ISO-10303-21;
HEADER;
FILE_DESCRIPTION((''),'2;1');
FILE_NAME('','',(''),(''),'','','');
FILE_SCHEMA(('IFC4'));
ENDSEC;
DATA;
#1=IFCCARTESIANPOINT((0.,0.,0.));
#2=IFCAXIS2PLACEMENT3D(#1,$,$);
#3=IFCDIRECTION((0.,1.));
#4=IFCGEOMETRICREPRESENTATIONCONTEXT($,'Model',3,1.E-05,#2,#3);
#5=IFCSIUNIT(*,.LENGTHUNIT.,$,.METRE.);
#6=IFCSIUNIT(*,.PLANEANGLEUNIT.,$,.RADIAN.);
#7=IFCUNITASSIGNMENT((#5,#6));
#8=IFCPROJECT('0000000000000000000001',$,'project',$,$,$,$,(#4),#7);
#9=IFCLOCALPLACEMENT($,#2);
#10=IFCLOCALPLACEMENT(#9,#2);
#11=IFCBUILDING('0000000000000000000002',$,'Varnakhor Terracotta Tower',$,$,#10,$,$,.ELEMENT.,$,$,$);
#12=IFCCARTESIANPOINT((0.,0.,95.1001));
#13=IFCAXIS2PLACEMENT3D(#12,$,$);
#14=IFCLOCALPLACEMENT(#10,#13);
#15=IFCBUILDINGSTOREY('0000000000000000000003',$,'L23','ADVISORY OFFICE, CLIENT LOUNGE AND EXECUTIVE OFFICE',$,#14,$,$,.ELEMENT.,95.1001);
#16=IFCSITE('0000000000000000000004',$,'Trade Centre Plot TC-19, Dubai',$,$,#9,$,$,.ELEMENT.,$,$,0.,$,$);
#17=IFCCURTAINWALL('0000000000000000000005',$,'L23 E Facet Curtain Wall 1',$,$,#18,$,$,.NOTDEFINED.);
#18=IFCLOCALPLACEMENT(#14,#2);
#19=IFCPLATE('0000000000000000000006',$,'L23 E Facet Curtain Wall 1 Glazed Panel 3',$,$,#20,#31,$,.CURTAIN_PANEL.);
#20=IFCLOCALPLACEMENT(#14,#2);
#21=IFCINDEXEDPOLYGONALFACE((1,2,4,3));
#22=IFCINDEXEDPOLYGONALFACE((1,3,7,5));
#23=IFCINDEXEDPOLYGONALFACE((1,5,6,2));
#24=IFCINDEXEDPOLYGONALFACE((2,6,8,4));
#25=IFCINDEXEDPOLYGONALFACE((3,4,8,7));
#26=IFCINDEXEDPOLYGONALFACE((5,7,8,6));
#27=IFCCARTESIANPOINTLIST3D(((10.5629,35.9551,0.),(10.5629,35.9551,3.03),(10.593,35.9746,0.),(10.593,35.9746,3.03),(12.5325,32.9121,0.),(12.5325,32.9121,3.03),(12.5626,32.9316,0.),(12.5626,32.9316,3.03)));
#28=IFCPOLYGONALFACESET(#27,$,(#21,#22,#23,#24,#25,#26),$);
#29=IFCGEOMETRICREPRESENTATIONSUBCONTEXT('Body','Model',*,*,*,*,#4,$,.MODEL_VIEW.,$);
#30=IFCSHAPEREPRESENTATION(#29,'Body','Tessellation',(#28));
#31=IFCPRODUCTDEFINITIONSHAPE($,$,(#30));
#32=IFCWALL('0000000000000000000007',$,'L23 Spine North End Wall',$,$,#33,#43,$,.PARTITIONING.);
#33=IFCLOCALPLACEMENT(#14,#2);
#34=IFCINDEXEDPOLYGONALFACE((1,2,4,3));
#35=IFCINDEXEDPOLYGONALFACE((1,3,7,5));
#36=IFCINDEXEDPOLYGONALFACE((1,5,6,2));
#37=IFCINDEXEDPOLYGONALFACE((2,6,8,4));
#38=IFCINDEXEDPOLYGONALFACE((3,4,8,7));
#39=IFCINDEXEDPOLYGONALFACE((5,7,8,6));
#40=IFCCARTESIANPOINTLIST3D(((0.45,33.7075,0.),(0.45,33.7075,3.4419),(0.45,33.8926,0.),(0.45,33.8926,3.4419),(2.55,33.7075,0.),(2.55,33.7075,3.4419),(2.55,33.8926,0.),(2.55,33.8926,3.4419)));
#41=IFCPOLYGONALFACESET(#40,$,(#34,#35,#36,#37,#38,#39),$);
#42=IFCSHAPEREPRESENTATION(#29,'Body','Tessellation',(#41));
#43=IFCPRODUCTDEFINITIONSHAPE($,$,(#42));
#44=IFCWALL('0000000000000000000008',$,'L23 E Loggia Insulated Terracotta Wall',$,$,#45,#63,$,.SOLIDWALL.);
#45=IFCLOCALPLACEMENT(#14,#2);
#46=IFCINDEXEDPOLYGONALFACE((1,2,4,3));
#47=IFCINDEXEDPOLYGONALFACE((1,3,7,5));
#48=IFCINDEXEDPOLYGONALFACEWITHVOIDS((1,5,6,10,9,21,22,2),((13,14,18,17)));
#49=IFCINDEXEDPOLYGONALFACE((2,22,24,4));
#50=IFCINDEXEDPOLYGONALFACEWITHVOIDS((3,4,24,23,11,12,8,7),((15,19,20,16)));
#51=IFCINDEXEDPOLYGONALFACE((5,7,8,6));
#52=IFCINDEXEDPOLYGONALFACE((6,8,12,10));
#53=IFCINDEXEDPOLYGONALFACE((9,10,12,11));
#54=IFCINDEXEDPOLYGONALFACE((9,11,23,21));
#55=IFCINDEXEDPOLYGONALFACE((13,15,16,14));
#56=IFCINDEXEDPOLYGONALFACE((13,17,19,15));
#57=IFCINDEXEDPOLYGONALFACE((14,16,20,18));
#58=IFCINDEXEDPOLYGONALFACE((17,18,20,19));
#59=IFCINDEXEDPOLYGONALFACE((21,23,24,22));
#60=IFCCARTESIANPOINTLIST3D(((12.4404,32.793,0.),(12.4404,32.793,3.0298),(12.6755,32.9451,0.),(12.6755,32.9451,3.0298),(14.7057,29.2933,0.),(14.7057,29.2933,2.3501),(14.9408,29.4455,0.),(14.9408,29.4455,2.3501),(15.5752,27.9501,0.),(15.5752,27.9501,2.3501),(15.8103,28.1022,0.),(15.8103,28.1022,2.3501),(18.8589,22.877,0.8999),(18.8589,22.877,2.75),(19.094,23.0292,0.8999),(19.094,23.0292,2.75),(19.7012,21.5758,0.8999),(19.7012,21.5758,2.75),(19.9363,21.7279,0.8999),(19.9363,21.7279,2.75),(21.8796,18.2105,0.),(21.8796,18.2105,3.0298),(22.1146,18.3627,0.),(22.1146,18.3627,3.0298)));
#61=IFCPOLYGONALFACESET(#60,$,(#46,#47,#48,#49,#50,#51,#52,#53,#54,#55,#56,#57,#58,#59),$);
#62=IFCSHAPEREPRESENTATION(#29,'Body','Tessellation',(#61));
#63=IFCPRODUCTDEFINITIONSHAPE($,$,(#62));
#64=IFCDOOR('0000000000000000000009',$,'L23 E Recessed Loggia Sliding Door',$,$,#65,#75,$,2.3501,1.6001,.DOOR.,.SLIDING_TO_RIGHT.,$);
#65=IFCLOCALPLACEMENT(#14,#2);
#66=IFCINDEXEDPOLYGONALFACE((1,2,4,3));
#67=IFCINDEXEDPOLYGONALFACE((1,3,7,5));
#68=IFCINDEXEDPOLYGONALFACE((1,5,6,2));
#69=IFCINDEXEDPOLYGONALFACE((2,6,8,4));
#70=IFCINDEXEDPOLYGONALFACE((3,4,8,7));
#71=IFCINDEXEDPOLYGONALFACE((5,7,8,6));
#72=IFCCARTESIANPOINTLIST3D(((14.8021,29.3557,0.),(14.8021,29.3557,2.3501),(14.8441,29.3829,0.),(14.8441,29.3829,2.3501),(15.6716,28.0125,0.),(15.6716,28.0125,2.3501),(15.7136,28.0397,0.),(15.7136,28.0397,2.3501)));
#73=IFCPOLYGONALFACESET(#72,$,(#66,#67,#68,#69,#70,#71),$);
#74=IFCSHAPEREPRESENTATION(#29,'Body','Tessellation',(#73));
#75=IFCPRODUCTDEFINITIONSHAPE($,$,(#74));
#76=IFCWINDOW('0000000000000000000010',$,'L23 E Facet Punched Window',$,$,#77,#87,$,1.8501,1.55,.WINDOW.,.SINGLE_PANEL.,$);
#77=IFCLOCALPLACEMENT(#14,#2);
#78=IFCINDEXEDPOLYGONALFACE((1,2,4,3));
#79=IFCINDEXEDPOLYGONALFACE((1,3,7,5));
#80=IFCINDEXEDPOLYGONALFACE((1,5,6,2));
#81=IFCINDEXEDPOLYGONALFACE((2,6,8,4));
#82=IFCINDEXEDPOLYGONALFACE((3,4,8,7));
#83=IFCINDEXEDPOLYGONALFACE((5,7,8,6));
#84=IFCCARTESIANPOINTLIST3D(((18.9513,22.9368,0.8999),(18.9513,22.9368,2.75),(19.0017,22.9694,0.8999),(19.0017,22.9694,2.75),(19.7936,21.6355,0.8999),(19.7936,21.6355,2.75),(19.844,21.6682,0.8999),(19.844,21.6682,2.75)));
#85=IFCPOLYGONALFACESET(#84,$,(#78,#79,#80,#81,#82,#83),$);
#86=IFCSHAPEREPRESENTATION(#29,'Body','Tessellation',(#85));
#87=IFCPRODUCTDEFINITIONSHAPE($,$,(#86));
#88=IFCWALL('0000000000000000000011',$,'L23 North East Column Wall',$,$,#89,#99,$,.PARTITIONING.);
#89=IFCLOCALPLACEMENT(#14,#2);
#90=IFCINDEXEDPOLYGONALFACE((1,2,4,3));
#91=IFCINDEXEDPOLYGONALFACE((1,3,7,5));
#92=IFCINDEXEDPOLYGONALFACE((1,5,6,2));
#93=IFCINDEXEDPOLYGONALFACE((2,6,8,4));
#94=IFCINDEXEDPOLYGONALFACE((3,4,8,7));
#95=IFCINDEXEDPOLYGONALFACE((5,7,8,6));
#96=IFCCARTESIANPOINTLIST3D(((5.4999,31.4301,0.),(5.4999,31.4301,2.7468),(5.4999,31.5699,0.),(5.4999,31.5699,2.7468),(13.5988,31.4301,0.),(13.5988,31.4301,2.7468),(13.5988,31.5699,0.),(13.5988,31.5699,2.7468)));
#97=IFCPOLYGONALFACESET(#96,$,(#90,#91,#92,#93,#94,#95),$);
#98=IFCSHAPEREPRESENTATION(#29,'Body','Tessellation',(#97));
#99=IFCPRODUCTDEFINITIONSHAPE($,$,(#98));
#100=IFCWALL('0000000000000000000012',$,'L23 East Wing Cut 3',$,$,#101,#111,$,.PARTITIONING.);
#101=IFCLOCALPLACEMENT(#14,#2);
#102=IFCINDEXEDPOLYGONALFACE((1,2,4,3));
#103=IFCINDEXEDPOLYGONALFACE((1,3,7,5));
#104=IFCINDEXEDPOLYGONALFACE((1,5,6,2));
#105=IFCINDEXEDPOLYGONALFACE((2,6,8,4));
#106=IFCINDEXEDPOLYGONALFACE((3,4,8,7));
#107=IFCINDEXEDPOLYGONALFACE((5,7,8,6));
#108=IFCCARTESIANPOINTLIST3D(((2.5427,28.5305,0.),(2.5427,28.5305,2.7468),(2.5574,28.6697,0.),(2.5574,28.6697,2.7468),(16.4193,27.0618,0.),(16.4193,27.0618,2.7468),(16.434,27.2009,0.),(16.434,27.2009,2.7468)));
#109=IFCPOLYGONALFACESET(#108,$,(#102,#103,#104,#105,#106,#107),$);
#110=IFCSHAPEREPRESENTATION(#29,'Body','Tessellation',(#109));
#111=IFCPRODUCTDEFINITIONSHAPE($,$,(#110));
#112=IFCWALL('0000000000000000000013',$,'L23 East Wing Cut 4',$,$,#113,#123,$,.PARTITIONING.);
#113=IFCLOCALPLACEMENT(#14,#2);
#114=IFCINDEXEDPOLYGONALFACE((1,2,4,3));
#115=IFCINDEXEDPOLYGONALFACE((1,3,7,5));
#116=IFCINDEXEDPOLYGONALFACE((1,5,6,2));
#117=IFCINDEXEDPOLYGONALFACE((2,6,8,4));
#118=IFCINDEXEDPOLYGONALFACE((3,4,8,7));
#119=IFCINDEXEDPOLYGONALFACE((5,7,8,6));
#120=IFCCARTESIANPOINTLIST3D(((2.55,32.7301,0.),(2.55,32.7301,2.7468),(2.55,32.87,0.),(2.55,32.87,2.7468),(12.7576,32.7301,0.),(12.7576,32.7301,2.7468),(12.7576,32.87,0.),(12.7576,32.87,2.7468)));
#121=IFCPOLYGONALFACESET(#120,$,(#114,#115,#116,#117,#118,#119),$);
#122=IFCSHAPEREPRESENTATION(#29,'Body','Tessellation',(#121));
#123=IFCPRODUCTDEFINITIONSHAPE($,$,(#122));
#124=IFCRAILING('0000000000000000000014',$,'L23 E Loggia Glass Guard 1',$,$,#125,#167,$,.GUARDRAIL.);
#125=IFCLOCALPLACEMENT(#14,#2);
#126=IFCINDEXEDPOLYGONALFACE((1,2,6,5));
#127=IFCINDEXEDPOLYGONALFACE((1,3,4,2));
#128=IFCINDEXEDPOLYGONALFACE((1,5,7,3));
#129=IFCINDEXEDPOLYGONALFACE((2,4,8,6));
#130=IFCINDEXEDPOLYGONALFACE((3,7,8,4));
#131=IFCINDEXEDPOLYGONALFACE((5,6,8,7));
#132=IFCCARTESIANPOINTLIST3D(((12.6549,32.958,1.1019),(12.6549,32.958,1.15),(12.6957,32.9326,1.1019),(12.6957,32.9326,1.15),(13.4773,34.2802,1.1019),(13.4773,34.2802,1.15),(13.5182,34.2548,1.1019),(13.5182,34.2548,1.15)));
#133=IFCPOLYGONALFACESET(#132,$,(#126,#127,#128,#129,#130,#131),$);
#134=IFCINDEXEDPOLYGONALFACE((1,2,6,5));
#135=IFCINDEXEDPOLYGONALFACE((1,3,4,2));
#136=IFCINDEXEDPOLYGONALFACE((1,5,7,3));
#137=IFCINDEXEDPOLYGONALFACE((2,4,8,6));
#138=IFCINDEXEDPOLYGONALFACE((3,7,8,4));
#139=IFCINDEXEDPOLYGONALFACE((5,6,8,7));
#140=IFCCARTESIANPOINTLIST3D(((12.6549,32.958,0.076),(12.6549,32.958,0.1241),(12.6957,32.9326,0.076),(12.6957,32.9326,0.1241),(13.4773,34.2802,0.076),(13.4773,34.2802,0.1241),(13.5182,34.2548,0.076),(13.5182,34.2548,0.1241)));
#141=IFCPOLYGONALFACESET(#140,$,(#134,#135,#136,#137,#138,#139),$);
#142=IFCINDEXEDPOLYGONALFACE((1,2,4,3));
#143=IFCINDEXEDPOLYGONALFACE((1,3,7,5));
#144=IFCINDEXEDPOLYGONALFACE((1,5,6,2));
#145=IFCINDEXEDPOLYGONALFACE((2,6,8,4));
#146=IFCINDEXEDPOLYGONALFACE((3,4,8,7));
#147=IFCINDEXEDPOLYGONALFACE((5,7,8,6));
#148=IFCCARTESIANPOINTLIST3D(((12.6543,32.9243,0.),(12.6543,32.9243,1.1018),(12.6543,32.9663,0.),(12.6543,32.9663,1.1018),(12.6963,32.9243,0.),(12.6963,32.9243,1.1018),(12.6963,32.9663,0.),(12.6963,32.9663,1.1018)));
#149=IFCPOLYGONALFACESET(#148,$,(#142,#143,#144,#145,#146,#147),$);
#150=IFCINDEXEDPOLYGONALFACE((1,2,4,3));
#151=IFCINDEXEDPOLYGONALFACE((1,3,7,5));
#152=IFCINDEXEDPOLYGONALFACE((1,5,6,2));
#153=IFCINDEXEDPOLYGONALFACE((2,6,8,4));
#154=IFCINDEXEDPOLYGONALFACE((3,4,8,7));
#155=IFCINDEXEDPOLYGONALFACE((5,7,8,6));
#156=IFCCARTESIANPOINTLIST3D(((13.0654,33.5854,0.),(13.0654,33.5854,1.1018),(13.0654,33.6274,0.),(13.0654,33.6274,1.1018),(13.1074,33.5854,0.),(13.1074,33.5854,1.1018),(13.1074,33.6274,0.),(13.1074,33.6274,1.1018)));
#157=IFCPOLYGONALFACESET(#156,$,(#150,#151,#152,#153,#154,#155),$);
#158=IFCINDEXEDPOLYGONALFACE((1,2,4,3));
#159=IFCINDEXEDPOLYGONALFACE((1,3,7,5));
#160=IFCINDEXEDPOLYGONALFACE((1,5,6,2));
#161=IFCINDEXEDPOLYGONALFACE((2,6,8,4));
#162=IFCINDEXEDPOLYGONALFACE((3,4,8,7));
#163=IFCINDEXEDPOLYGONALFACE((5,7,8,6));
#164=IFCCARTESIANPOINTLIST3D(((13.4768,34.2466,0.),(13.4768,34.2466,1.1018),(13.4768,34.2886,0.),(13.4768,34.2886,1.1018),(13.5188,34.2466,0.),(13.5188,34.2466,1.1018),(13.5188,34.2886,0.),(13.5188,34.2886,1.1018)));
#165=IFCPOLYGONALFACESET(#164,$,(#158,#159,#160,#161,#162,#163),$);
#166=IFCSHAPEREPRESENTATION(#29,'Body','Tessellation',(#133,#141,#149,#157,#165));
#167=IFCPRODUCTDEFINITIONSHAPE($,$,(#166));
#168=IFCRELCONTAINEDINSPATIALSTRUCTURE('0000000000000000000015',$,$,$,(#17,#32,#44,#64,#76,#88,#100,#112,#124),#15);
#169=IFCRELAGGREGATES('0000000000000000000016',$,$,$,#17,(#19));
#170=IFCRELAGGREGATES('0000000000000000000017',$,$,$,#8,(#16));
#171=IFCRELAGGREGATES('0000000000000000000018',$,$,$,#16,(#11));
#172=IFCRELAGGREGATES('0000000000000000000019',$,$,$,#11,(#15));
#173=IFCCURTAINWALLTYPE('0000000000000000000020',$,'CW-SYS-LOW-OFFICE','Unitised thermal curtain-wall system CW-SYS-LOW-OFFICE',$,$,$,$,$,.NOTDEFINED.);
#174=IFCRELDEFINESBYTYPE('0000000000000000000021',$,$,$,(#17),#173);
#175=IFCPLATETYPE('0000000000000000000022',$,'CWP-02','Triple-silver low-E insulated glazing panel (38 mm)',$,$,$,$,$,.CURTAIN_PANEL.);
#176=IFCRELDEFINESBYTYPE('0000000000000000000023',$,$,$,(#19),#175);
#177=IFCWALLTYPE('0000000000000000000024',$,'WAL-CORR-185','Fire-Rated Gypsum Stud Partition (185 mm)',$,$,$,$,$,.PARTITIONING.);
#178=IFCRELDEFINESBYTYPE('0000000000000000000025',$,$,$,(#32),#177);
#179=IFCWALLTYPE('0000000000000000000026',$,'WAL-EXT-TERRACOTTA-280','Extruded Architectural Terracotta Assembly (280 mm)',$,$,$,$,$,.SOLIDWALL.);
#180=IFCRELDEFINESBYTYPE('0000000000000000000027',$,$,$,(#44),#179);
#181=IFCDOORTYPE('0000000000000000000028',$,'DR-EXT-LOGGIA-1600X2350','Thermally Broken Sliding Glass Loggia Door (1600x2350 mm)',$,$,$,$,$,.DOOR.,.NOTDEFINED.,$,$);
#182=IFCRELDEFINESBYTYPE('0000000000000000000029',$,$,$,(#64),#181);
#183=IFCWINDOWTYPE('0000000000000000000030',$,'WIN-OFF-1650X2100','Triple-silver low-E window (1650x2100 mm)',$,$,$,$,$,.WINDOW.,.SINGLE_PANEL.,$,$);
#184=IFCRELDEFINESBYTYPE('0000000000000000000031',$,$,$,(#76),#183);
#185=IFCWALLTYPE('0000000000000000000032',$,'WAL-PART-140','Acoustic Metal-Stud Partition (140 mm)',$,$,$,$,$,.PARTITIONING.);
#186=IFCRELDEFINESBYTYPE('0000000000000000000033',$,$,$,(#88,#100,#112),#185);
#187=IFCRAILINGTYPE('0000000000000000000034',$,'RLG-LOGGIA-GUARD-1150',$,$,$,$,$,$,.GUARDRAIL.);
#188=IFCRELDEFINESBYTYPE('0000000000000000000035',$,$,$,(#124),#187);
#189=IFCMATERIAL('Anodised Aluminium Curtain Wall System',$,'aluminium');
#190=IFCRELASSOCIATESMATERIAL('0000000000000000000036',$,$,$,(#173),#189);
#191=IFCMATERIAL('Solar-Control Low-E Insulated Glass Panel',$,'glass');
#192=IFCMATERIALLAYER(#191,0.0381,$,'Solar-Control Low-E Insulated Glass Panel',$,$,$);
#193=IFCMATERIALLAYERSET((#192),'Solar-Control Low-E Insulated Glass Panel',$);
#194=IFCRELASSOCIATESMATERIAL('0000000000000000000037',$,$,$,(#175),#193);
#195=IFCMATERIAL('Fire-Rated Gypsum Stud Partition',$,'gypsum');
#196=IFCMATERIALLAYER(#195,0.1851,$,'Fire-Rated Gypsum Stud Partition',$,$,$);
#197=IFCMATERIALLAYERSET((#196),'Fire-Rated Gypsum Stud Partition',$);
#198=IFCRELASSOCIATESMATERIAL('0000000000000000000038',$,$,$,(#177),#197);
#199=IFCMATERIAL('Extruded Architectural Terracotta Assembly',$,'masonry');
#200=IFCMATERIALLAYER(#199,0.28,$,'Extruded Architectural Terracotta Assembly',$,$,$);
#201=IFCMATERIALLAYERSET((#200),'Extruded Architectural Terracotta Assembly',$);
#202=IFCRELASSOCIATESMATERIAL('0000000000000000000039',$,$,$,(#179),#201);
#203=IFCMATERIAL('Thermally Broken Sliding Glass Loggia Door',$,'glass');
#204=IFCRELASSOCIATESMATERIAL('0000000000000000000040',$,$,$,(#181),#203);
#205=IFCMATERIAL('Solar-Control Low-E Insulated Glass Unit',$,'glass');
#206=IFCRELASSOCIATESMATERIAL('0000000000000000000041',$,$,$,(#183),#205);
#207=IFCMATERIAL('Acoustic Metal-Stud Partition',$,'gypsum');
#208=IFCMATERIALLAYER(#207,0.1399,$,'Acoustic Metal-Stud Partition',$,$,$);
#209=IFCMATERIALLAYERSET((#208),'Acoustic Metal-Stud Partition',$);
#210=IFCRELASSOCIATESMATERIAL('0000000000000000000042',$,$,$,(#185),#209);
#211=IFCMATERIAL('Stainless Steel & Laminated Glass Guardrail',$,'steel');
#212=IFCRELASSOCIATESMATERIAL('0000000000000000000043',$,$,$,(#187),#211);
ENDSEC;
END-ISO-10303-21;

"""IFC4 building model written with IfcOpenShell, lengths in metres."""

from ifc_helpers import new_model, si_unit, direction, frame, frame_2d, origin, origin_2d, place, context, subcontext, project, spatial, rectangle, extrude, source, transform, mapped, material, layer, layer_set, type_object, type_shapes, element, fill, aggregate, save


model = new_model("IFC4")

# Units and contexts
model_context = context("Model", 3, precision=1e-05, world=origin(), true_north=direction((0.0, 1.0)))
body_context = subcontext(model_context, "Body", "Model", "MODEL_VIEW")
ifc_project = project(units=[si_unit("LENGTHUNIT", "METRE"), si_unit("PLANEANGLEUNIT", "RADIAN")], contexts=[model_context])

# Site, building, storey
site_placement = place(None, origin())
site = spatial("IfcSite", under=ifc_project, at=site_placement, Name="Trade Centre Plot TC-19, Dubai", CompositionType="ELEMENT", RefElevation=0.0)
building_placement = place(site_placement, origin())
building = spatial("IfcBuilding", under=site, at=building_placement, Name="Varnakhor Terracotta Tower", CompositionType="ELEMENT")
storey_placement = place(building_placement, frame((0.0, 0.0, 95.1001)))
storey = spatial("IfcBuildingStorey", under=building, at=storey_placement, Name="L23", Description="ADVISORY OFFICE, CLIENT LOUNGE AND EXECUTIVE OFFICE", CompositionType="ELEMENT", Elevation=95.1001)

# Shared definitions
ifc_material_1 = material(Name="Anodised Aluminium Curtain Wall System", Category="aluminium")
curtain_wall_type = type_object("IfcCurtainWallType", Name="CW-SYS-LOW-OFFICE", Description="Unitised thermal curtain-wall system CW-SYS-LOW-OFFICE", PredefinedType="NOTDEFINED", material=ifc_material_1)

# Curtain wall
curtain_wall_1_placement = place(storey_placement, origin())
curtain_wall_1 = element("IfcCurtainWall", 1, at=curtain_wall_1_placement, inside=storey, type_object=curtain_wall_type, Name="L23 E Facet Curtain Wall 1", PredefinedType="NOTDEFINED")

# Plate
ifc_material_2 = material(Name="Solar-Control Low-E Insulated Glass Panel", Category="glass")
ifc_layer_1 = layer(ifc_material_2, 0.0381, Name="Solar-Control Low-E Insulated Glass Panel")
ifc_layer_set_1 = layer_set([ifc_layer_1], Name="Solar-Control Low-E Insulated Glass Panel")
plate_type = type_object("IfcPlateType", Name="CWP-02", Description="Triple-silver low-E insulated glazing panel (38 mm)", PredefinedType="CURTAIN_PANEL", material=ifc_layer_set_1)
shared_shape_1 = source(origin(), body_context, "Body", "SweptSolid", [
    extrude(rectangle(XDim=3.6248, YDim=0.0359, at=origin_2d()), origin(), (0.0, 0.0, 1.0), 3.03),
])
plate_1_placement = place(storey_placement, frame((11.5627, 34.4434, 0.0), z_axis=(0.0, 0.0, 1.0), x_axis=(0.54338, -0.839487, 0.0)))
plate_1 = element("IfcPlate", 2, at=plate_1_placement, type_object=plate_type, Name="L23 E Facet Curtain Wall 1 Glazed Panel 3", PredefinedType="CURTAIN_PANEL", context=body_context, shape_type="MappedRepresentation", body=[
    mapped(shared_shape_1, transform((0.0, 0.0, 0.0), scale=1.0)),
])
aggregate(curtain_wall_1, [plate_1])

# Wall
ifc_material_3 = material(Name="Fire-Rated Gypsum Stud Partition", Category="gypsum")
ifc_layer_2 = layer(ifc_material_3, 0.1851, Name="Fire-Rated Gypsum Stud Partition")
ifc_layer_set_2 = layer_set([ifc_layer_2], Name="Fire-Rated Gypsum Stud Partition")
wall_type_1 = type_object("IfcWallType", Name="WAL-CORR-185", Description="Fire-Rated Gypsum Stud Partition (185 mm)", PredefinedType="PARTITIONING", material=ifc_layer_set_2)
wall_1_placement = place(storey_placement, frame((0.45, 33.8, 0.0), z_axis=(0.0, 0.0, 1.0), x_axis=(1.0, 0.0, 0.0)))
element("IfcWall", 3, at=wall_1_placement, inside=storey, type_object=wall_type_1, Name="L23 Spine North End Wall", PredefinedType="PARTITIONING", context=body_context, shape_type="SweptSolid", body=[
    extrude(rectangle(XDim=2.1001, YDim=0.1851, at=frame_2d((1.05, 0.0))), origin(), (0.0, 0.0, 1.0), 3.4419),
])

# Wall, openings, door, window
ifc_material_4 = material(Name="Extruded Architectural Terracotta Assembly", Category="masonry")
ifc_layer_3 = layer(ifc_material_4, 0.28, Name="Extruded Architectural Terracotta Assembly")
ifc_layer_set_3 = layer_set([ifc_layer_3], Name="Extruded Architectural Terracotta Assembly")
wall_type_2 = type_object("IfcWallType", Name="WAL-EXT-TERRACOTTA-280", Description="Extruded Architectural Terracotta Assembly (280 mm)", PredefinedType="SOLIDWALL", material=ifc_layer_set_3)
wall_2_placement = place(storey_placement, frame((12.5579, 32.8691, 0.0), z_axis=(0.0, 0.0, 1.0), x_axis=(0.543392, -0.839479, 0.0)))
wall_2 = element("IfcWall", 4, at=wall_2_placement, inside=storey, type_object=wall_type_2, Name="L23 E Loggia Insulated Terracotta Wall", PredefinedType="SOLIDWALL", context=body_context, shape_type="SweptSolid", body=[
    extrude(rectangle(XDim=17.3708, YDim=0.28, at=frame_2d((8.6855, 0.0))), origin(), (0.0, 0.0, 1.0), 3.0298),
])
opening_1_placement = place(wall_2_placement, frame((4.1689, 0.0, 0.0)))
opening_1 = element("IfcOpeningElement", 5, at=opening_1_placement, cuts=wall_2, PredefinedType="OPENING", context=body_context, shape_type="SweptSolid", body=[
    extrude(rectangle(XDim=1.6001, YDim=2.3501, at=frame_2d((0.8, 1.175))), frame((0.0, 0.1499, 0.0), z_axis=(0.0, -1.0, 0.0), x_axis=(1.0, 0.0, 0.0)), (0.0, 0.0, 1.0), 0.3),
])
opening_2_placement = place(wall_2_placement, frame((11.8123, 0.0, 0.8999)))
opening_2 = element("IfcOpeningElement", 6, at=opening_2_placement, cuts=wall_2, PredefinedType="OPENING", context=body_context, shape_type="SweptSolid", body=[
    extrude(rectangle(XDim=1.55, YDim=1.8501, at=frame_2d((0.7749, 0.925))), frame((0.0, 0.1499, 0.0), z_axis=(0.0, -1.0, 0.0), x_axis=(1.0, 0.0, 0.0)), (0.0, 0.0, 1.0), 0.3),
])
ifc_material_5 = material(Name="Thermally Broken Sliding Glass Loggia Door", Category="glass")
door_type = type_object("IfcDoorType", Name="DR-EXT-LOGGIA-1600X2350", Description="Thermally Broken Sliding Glass Loggia Door (1600x2350 mm)", OperationType="NOTDEFINED", PredefinedType="DOOR", material=ifc_material_5)
shared_shape_2 = source(origin(), body_context, "Body", "SweptSolid", [
    extrude(rectangle(XDim=1.6001, YDim=2.3501, at=frame_2d((0.8, 1.175))), frame((0.0, 0.0249, 0.0), z_axis=(0.0, -1.0, 0.0), x_axis=(1.0, 0.0, 0.0)), (0.0, 0.0, 1.0), 0.05),
])
type_shapes(door_type, [shared_shape_2])
door_placement = place(opening_1_placement, origin())
door = element("IfcDoor", 7, at=door_placement, inside=storey, type_object=door_type, Name="L23 E Recessed Loggia Sliding Door", OperationType="SLIDING_TO_RIGHT", OverallHeight=2.3501, OverallWidth=1.6001, PredefinedType="DOOR", context=body_context, shape_type="MappedRepresentation", body=[
    mapped(shared_shape_2, transform((0.0, 0.0, 0.0), scale=1.0)),
])
fill(opening_1, door)
ifc_material_6 = material(Name="Solar-Control Low-E Insulated Glass Unit", Category="glass")
window_type = type_object("IfcWindowType", Name="WIN-OFF-1650X2100", Description="Triple-silver low-E window (1650x2100 mm)", PartitioningType="SINGLE_PANEL", PredefinedType="WINDOW", material=ifc_material_6)
shared_shape_3 = source(origin(), body_context, "Body", "SweptSolid", [
    extrude(rectangle(XDim=1.55, YDim=1.8501, at=frame_2d((0.7749, 0.925))), frame((0.0, 0.03, 0.0), z_axis=(0.0, -1.0, 0.0), x_axis=(1.0, 0.0, 0.0)), (0.0, 0.0, 1.0), 0.0601),
])
type_shapes(window_type, [shared_shape_3])
window_placement = place(opening_2_placement, origin())
window = element("IfcWindow", 8, at=window_placement, inside=storey, type_object=window_type, Name="L23 E Facet Punched Window", OverallHeight=1.8501, OverallWidth=1.55, PartitioningType="SINGLE_PANEL", PredefinedType="WINDOW", context=body_context, shape_type="MappedRepresentation", body=[
    mapped(shared_shape_3, transform((0.0, 0.0, 0.0), scale=1.0)),
])
fill(opening_2, window)

# Walls
ifc_material_7 = material(Name="Acoustic Metal-Stud Partition", Category="gypsum")
ifc_layer_4 = layer(ifc_material_7, 0.1399, Name="Acoustic Metal-Stud Partition")
ifc_layer_set_4 = layer_set([ifc_layer_4], Name="Acoustic Metal-Stud Partition")
wall_type_3 = type_object("IfcWallType", Name="WAL-PART-140", Description="Acoustic Metal-Stud Partition (140 mm)", PredefinedType="PARTITIONING", material=ifc_layer_set_4)
wall_3_placement = place(storey_placement, frame((5.5, 31.5, 0.0), z_axis=(0.0, 0.0, 1.0), x_axis=(1.0, 0.0, 0.0)))
element("IfcWall", 9, at=wall_3_placement, inside=storey, type_object=wall_type_3, Name="L23 North East Column Wall", PredefinedType="PARTITIONING", context=body_context, shape_type="SweptSolid", body=[
    extrude(rectangle(XDim=8.0989, YDim=0.1399, at=frame_2d((4.0493, 0.0))), origin(), (0.0, 0.0, 1.0), 2.7468),
])
wall_4_placement = place(storey_placement, frame((2.55, 28.6001, 0.0), z_axis=(0.0, 0.0, 1.0), x_axis=(0.994445, -0.105255, 0.0)))
element("IfcWall", 10, at=wall_4_placement, inside=storey, type_object=wall_type_3, Name="L23 East Wing Cut 3", PredefinedType="PARTITIONING", context=body_context, shape_type="SweptSolid", body=[
    extrude(rectangle(XDim=13.9541, YDim=0.1399, at=frame_2d((6.9771, 0.0))), origin(), (0.0, 0.0, 1.0), 2.7468),
])
wall_5_placement = place(storey_placement, frame((2.55, 32.8, 0.0), z_axis=(0.0, 0.0, 1.0), x_axis=(1.0, 0.0, 0.0)))
element("IfcWall", 11, at=wall_5_placement, inside=storey, type_object=wall_type_3, Name="L23 East Wing Cut 4", PredefinedType="PARTITIONING", context=body_context, shape_type="SweptSolid", body=[
    extrude(rectangle(XDim=10.2075, YDim=0.1399, at=frame_2d((5.1038, 0.0))), origin(), (0.0, 0.0, 1.0), 2.7468),
])

# Railing
ifc_material_8 = material(Name="Stainless Steel & Laminated Glass Guardrail", Category="steel")
railing_type = type_object("IfcRailingType", Name="RLG-LOGGIA-GUARD-1150", PredefinedType="GUARDRAIL", material=ifc_material_8)
railing_1_placement = place(storey_placement, frame((12.6753, 32.9453, 0.0)))
element("IfcRailing", 12, at=railing_1_placement, inside=storey, type_object=railing_type, Name="L23 E Loggia Glass Guard 1", PredefinedType="GUARDRAIL", context=body_context, shape_type="SweptSolid", body=[
    extrude(rectangle(XDim=0.0481, YDim=0.0481, at=origin_2d()), frame((0.0, 0.0, 1.126), z_axis=(0.528194, 0.849124, 0.0), x_axis=(-0.849124, 0.528194, 0.0)), (0.0, 0.0, 1.0), 1.5571),
    extrude(rectangle(XDim=0.0481, YDim=0.0481, at=origin_2d()), frame((0.0, 0.0, 0.1001), z_axis=(0.528194, 0.849124, 0.0), x_axis=(-0.849124, 0.528194, 0.0)), (0.0, 0.0, 1.0), 1.5571),
    extrude(rectangle(XDim=0.042, YDim=0.042, at=origin_2d()), origin(), (0.0, 0.0, 1.0), 1.1018),
    extrude(rectangle(XDim=0.042, YDim=0.042, at=origin_2d()), frame((0.4111, 0.6611, 0.0)), (0.0, 0.0, 1.0), 1.1018),
    extrude(rectangle(XDim=0.042, YDim=0.042, at=origin_2d()), frame((0.8225, 1.3223, 0.0)), (0.0, 0.0, 1.0), 1.1018),
])

save(model, "model.ifc")
